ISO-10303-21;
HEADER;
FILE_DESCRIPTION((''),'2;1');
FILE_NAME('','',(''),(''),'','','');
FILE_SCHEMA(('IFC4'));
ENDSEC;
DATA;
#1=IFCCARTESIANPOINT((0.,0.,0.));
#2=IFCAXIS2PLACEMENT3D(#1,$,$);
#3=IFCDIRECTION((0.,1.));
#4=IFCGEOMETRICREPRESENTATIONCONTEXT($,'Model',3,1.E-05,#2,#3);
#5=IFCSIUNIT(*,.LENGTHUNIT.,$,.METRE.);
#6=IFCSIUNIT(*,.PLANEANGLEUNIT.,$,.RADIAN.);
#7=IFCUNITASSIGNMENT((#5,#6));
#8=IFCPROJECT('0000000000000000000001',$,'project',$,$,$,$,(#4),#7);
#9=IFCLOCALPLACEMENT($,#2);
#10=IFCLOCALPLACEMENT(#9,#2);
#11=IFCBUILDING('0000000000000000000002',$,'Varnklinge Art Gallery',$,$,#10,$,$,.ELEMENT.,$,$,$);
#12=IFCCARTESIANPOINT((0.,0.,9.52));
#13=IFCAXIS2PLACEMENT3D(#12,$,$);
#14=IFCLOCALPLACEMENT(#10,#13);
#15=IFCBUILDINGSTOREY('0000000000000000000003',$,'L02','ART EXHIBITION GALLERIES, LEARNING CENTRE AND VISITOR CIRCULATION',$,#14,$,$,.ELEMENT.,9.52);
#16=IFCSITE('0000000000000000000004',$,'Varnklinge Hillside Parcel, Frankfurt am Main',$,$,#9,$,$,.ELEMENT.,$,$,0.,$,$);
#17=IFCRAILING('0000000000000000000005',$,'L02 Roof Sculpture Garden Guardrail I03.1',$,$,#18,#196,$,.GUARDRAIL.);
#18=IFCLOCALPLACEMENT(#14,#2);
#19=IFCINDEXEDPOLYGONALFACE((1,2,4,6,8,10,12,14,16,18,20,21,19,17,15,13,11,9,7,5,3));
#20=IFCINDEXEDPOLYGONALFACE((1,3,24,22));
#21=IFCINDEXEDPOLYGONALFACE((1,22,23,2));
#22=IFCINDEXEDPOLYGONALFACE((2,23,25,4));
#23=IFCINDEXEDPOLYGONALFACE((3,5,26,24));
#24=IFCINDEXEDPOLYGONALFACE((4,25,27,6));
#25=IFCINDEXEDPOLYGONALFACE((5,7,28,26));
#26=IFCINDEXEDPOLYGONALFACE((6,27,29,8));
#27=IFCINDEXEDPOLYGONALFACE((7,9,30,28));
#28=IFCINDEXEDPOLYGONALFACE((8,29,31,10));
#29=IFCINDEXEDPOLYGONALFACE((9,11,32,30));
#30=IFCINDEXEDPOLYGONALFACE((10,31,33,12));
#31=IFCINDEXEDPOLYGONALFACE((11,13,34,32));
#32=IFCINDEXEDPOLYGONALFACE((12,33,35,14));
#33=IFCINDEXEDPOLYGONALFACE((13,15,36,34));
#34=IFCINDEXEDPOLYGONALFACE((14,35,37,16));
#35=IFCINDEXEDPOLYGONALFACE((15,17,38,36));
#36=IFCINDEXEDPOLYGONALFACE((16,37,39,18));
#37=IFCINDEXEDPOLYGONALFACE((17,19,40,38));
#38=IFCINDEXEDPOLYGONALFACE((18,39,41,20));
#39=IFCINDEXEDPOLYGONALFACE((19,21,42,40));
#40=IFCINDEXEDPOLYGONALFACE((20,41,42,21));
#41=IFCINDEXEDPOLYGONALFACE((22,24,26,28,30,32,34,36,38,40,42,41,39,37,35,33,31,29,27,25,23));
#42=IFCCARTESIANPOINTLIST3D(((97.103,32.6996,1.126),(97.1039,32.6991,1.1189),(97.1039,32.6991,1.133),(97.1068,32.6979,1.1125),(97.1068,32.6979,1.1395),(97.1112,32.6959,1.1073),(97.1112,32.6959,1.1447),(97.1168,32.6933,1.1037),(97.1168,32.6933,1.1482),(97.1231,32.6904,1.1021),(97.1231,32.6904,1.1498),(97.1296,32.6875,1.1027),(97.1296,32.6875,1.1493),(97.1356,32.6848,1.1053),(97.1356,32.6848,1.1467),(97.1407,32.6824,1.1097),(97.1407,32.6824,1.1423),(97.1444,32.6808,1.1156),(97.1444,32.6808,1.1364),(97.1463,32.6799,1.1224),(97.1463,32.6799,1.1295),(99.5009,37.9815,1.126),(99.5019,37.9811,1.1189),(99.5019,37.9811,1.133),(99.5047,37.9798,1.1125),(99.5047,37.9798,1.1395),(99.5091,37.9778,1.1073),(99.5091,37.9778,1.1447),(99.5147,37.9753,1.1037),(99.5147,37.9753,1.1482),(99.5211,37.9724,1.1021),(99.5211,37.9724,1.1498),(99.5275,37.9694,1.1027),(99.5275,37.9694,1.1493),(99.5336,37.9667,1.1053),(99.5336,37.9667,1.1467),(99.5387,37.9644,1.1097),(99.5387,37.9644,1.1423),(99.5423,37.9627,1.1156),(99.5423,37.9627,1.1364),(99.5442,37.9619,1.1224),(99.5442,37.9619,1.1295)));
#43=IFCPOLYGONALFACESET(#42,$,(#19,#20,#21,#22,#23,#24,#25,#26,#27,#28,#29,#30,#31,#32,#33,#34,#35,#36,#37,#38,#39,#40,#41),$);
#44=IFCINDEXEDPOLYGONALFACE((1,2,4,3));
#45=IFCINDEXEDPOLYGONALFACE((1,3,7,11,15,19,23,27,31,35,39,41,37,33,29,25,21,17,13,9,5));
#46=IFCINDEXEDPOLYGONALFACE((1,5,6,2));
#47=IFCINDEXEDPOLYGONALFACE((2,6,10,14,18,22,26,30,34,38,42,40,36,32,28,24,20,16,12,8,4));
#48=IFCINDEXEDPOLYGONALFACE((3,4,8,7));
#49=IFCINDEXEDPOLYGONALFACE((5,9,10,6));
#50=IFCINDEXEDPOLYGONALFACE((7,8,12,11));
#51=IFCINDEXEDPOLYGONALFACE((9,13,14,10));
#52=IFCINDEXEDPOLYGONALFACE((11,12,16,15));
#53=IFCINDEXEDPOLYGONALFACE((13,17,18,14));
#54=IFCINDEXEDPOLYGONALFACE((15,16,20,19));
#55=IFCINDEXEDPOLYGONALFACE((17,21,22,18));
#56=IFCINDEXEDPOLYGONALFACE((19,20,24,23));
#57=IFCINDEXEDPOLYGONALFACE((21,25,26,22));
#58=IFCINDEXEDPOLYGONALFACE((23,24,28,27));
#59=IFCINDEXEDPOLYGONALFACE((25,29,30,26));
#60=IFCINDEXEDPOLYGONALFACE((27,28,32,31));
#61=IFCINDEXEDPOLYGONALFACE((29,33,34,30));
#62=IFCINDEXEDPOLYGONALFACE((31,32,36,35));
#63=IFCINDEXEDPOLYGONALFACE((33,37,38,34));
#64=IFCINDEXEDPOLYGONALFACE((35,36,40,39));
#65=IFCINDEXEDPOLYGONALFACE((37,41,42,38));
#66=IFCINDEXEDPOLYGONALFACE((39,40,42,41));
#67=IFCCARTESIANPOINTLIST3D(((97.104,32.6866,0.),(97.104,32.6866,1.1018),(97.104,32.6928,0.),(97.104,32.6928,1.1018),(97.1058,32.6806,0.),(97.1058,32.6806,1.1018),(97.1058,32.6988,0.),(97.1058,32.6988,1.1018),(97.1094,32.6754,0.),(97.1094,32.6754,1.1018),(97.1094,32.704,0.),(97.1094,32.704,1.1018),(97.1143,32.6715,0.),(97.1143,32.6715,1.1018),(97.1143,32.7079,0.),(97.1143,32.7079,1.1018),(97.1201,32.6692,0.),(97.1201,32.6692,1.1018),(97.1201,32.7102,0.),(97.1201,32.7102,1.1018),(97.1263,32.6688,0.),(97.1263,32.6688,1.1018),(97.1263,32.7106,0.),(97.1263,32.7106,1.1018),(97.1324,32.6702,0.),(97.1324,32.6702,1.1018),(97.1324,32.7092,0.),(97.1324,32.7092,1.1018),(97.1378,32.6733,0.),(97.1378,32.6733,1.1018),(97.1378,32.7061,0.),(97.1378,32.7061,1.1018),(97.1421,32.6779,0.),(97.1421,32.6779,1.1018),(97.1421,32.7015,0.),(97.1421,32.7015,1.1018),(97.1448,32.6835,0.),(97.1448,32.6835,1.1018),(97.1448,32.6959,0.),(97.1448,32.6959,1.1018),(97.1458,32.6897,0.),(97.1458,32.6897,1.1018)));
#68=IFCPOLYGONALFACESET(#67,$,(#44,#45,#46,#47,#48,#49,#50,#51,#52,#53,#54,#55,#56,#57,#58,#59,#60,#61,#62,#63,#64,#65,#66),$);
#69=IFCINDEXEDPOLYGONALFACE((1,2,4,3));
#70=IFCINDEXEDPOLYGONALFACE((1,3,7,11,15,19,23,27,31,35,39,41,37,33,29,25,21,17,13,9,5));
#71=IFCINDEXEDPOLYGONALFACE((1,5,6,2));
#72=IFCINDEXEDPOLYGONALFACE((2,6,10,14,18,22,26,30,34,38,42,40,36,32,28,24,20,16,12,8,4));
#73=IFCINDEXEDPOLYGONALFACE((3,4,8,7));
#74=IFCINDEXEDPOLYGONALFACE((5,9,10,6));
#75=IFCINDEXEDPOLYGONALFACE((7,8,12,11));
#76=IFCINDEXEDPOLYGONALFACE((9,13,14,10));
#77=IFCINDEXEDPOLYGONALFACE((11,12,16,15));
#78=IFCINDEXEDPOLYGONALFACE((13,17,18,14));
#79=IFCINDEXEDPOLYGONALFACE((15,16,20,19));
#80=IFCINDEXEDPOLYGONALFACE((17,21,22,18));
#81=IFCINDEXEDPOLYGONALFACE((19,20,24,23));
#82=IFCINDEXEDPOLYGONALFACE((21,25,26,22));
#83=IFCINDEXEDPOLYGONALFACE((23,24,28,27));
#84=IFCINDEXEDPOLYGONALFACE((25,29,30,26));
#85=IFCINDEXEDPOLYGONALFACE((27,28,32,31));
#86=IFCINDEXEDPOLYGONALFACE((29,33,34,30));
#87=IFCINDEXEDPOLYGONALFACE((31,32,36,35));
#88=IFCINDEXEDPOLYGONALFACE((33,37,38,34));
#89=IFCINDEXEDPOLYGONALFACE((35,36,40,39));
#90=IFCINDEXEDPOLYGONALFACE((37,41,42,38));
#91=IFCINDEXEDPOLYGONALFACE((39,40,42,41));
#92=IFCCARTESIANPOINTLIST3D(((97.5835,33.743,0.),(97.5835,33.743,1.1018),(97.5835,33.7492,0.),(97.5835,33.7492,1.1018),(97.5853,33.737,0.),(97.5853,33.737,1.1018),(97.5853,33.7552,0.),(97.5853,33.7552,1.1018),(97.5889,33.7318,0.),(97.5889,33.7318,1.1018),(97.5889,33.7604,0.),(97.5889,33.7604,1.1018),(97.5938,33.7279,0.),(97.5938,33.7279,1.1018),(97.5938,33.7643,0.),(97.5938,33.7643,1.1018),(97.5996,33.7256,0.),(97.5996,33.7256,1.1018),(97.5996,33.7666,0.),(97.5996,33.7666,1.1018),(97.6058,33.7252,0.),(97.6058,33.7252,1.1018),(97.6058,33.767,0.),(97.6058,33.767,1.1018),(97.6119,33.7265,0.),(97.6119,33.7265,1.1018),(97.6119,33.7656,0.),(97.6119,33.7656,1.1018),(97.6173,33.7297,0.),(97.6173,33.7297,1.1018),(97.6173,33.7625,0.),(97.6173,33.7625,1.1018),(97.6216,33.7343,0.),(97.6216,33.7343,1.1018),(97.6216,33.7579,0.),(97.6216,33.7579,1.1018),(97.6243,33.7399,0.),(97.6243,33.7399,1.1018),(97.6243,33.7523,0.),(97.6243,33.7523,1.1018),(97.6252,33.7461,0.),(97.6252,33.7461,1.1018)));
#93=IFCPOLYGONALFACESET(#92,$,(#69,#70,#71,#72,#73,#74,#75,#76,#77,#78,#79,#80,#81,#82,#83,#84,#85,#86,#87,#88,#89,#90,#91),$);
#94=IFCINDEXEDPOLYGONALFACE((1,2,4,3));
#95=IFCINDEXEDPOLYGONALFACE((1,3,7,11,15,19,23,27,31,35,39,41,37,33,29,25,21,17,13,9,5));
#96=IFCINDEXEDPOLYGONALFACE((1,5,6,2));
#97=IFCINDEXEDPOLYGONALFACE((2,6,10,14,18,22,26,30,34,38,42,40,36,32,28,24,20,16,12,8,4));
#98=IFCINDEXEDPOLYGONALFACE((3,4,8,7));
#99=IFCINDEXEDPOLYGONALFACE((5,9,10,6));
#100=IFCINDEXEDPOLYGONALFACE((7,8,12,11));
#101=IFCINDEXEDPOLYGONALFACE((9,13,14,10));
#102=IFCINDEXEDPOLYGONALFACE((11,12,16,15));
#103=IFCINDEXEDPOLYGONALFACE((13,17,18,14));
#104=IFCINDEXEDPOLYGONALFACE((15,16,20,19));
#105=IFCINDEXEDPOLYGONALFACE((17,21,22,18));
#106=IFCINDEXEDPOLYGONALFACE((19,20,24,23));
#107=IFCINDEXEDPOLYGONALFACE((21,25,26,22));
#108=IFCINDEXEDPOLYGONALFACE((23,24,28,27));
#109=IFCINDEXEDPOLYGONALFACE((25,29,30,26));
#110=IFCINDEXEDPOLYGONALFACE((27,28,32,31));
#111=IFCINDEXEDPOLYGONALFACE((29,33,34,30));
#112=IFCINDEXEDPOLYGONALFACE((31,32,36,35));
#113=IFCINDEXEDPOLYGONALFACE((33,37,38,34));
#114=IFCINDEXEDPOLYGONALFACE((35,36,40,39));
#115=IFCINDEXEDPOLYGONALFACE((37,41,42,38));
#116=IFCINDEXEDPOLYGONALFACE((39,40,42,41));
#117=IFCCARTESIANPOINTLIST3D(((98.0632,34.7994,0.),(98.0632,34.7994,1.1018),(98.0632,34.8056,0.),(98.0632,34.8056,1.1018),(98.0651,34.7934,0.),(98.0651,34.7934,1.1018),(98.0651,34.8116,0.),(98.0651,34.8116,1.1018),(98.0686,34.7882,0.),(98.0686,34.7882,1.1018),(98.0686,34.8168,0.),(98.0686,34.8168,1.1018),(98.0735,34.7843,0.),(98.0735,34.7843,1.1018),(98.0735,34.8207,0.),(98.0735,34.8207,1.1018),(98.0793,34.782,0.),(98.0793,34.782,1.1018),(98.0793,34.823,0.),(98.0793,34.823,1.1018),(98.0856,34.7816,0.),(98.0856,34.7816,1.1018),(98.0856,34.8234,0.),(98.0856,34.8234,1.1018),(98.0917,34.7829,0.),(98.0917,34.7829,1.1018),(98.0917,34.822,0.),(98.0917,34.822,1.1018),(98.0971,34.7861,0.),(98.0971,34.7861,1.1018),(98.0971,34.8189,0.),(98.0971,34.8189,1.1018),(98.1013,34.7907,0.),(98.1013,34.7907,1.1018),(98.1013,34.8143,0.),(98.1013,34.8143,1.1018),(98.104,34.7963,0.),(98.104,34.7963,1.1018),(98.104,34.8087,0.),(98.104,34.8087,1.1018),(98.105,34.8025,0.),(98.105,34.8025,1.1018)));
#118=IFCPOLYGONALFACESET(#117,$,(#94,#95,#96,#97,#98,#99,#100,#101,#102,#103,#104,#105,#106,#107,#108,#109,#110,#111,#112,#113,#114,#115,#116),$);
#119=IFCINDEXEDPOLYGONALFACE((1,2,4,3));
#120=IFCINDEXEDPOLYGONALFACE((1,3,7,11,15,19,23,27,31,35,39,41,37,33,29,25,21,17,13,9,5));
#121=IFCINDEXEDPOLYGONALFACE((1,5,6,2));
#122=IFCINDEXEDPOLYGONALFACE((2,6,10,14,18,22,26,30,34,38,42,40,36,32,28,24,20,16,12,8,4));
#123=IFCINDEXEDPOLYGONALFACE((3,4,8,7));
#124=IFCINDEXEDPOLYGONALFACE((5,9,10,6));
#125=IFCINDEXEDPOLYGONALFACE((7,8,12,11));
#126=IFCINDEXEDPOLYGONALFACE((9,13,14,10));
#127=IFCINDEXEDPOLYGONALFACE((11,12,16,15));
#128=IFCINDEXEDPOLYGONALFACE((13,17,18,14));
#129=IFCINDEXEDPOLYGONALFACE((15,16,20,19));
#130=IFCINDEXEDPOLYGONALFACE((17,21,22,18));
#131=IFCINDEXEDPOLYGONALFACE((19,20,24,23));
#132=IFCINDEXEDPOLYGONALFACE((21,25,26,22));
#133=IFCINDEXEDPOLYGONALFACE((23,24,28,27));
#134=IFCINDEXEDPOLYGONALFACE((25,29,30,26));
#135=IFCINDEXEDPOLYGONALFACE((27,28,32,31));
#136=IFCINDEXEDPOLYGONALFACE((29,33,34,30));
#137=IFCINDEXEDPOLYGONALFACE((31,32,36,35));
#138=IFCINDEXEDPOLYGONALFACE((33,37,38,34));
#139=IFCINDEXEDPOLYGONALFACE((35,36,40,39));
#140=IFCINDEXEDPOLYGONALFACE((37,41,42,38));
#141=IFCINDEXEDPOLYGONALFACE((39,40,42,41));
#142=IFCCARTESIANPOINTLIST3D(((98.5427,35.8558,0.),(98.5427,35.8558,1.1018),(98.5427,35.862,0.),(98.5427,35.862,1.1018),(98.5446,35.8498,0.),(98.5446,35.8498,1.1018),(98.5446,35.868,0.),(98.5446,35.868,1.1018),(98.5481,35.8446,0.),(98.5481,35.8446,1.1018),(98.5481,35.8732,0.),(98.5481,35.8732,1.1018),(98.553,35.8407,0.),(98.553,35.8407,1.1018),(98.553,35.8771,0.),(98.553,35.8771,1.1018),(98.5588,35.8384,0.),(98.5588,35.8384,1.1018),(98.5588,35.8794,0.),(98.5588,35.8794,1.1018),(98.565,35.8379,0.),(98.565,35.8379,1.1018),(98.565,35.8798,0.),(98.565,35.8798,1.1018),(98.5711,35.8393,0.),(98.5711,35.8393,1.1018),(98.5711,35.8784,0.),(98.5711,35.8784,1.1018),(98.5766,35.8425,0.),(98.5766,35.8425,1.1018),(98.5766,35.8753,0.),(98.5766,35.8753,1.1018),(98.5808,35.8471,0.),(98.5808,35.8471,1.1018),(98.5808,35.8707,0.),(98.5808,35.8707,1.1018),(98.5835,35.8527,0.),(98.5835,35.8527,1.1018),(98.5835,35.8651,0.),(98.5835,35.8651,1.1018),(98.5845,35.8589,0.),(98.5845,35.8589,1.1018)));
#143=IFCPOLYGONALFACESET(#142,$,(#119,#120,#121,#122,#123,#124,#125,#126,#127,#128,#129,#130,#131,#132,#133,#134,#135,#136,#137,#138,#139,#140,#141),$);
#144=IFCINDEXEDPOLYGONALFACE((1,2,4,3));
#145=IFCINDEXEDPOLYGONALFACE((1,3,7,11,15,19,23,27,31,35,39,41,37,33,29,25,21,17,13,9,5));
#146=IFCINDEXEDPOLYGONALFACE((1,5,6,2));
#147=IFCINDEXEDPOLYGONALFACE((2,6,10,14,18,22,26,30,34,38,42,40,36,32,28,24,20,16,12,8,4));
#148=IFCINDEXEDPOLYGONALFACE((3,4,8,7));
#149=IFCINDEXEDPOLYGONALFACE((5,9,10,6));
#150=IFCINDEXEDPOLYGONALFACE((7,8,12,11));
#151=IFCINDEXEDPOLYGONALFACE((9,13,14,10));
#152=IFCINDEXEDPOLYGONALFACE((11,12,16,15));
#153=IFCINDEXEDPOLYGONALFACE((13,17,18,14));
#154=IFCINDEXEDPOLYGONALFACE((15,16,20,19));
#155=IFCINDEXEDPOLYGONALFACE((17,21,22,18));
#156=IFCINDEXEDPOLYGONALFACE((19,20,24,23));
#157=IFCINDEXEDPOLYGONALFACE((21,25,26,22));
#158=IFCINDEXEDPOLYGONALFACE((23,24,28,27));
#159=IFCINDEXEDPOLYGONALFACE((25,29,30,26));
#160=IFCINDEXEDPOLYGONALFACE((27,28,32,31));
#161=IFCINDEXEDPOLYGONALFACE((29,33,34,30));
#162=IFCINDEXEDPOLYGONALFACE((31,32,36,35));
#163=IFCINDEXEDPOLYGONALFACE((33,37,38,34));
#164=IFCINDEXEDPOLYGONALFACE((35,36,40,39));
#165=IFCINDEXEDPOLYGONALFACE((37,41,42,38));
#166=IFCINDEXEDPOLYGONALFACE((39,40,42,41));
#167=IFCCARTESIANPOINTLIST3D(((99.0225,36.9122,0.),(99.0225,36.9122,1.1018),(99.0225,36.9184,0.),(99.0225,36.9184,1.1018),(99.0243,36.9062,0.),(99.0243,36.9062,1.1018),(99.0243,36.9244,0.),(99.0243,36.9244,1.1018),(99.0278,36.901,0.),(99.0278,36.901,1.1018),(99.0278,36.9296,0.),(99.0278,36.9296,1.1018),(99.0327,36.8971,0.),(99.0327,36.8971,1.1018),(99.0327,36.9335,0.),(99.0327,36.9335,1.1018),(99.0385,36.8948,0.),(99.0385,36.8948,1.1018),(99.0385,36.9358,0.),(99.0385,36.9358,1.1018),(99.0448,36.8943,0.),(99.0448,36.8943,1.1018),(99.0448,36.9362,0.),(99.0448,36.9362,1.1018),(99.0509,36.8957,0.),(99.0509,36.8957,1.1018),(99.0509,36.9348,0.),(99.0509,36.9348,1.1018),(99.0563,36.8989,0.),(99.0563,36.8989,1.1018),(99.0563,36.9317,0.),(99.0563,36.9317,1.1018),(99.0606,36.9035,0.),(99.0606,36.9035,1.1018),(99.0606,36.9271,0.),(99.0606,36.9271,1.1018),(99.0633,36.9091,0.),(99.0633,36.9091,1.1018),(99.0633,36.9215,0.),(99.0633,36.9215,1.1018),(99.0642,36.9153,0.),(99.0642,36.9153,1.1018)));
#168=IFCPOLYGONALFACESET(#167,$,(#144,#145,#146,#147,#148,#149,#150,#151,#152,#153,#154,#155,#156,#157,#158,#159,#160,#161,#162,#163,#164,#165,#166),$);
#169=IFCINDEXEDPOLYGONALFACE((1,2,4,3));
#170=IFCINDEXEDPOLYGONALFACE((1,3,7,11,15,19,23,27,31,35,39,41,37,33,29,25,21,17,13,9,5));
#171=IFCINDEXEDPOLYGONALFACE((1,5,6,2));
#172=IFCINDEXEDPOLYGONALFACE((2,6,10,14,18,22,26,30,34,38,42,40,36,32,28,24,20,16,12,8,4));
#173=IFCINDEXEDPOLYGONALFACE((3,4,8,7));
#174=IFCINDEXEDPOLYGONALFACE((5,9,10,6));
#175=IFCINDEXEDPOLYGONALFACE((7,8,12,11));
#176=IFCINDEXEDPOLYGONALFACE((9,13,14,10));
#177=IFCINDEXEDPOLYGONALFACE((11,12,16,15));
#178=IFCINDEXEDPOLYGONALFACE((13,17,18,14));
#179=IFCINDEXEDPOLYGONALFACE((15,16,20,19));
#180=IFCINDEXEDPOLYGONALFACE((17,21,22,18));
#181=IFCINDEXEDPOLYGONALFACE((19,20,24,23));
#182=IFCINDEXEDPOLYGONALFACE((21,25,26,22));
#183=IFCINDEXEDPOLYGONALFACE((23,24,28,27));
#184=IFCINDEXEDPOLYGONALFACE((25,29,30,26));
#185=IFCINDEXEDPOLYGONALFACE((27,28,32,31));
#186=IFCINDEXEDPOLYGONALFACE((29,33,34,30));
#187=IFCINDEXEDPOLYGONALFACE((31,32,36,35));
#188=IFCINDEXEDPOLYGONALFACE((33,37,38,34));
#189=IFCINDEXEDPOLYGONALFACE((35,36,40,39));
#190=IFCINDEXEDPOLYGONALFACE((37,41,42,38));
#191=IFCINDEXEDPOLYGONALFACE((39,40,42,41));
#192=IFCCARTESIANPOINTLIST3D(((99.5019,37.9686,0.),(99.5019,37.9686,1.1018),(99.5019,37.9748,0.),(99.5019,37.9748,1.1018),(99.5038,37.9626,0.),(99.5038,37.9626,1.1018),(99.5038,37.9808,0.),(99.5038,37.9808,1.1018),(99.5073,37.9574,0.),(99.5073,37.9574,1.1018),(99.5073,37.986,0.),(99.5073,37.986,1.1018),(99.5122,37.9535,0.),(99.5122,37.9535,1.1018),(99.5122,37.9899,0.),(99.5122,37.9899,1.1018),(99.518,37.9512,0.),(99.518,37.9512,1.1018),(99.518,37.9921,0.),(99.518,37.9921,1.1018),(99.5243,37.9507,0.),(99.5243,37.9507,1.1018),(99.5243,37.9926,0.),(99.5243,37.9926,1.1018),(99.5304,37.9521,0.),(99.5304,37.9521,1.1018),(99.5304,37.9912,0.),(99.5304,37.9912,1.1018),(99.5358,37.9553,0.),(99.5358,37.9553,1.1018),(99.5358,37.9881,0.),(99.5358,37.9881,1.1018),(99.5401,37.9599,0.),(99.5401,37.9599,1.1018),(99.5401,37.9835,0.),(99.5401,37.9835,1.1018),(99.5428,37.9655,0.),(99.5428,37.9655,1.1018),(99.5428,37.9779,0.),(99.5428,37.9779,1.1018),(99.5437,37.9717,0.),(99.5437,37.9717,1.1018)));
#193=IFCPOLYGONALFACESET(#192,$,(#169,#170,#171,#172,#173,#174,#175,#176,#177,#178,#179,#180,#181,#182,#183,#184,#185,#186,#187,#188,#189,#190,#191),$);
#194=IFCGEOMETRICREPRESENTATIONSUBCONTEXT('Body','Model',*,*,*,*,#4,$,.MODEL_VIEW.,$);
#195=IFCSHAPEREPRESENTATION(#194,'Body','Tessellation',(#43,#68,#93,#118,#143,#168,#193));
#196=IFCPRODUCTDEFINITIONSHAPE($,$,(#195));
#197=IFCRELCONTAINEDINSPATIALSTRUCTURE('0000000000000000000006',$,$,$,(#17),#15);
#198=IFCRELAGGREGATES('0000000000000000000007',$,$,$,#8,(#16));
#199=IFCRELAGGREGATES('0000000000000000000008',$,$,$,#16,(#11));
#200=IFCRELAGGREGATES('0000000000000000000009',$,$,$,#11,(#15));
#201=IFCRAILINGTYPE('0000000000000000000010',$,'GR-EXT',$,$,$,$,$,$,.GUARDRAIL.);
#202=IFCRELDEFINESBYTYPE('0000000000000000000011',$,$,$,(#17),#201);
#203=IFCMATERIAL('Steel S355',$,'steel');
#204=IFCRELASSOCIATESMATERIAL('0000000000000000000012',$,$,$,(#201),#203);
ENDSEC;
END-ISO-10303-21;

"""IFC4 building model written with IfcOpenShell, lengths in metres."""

from ifc_helpers import new_model, si_unit, direction, frame, origin, origin_2d, place, context, subcontext, project, spatial, circle, extrude, material, type_object, element, save


model = new_model("IFC4")

# Units and contexts
model_context = context("Model", 3, precision=1e-05, world=origin(), true_north=direction((0.0, 1.0)))
body_context = subcontext(model_context, "Body", "Model", "MODEL_VIEW")
ifc_project = project(units=[si_unit("LENGTHUNIT", "METRE"), si_unit("PLANEANGLEUNIT", "RADIAN")], contexts=[model_context])

# Site, building, storey
site_placement = place(None, origin())
site = spatial("IfcSite", under=ifc_project, at=site_placement, Name="Varnklinge Hillside Parcel, Frankfurt am Main", CompositionType="ELEMENT", RefElevation=0.0)
building_placement = place(site_placement, origin())
building = spatial("IfcBuilding", under=site, at=building_placement, Name="Varnklinge Art Gallery", CompositionType="ELEMENT")
storey_placement = place(building_placement, frame((0.0, 0.0, 9.52)))
storey = spatial("IfcBuildingStorey", under=building, at=storey_placement, Name="L02", Description="ART EXHIBITION GALLERIES, LEARNING CENTRE AND VISITOR CIRCULATION", CompositionType="ELEMENT", Elevation=9.52)

# Railing
ifc_material_1 = material(Name="Steel S355", Category="steel")
railing_type = type_object("IfcRailingType", Name="GR-EXT", PredefinedType="GUARDRAIL", material=ifc_material_1)
railing_1_placement = place(storey_placement, frame((97.1248, 32.6897, 0.0)))
element("IfcRailing", 1, at=railing_1_placement, inside=storey, type_object=railing_type, Name="L02 Roof Sculpture Garden Guardrail I03.1", PredefinedType="GUARDRAIL", context=body_context, shape_type="SweptSolid", body=[
    extrude(circle(Radius=0.0239, at=origin_2d()), frame((0.0, 0.0, 1.126), z_axis=(0.413381, 0.910558, 0.0), x_axis=(-0.910558, 0.413381, 0.0)), (0.0, 0.0, 1.0), 5.8008),
    extrude(circle(Radius=0.021, at=origin_2d()), origin(), (0.0, 0.0, 1.0), 1.1018),
    extrude(circle(Radius=0.021, at=origin_2d()), frame((0.4795, 1.0564, 0.0)), (0.0, 0.0, 1.0), 1.1018),
    extrude(circle(Radius=0.021, at=origin_2d()), frame((0.9592, 2.1128, 0.0)), (0.0, 0.0, 1.0), 1.1018),
    extrude(circle(Radius=0.021, at=origin_2d()), frame((1.4387, 3.1692, 0.0)), (0.0, 0.0, 1.0), 1.1018),
    extrude(circle(Radius=0.021, at=origin_2d()), frame((1.9185, 4.2256, 0.0)), (0.0, 0.0, 1.0), 1.1018),
    extrude(circle(Radius=0.021, at=origin_2d()), frame((2.3979, 5.282, 0.0)), (0.0, 0.0, 1.0), 1.1018),
])

save(model, "model.ifc")
